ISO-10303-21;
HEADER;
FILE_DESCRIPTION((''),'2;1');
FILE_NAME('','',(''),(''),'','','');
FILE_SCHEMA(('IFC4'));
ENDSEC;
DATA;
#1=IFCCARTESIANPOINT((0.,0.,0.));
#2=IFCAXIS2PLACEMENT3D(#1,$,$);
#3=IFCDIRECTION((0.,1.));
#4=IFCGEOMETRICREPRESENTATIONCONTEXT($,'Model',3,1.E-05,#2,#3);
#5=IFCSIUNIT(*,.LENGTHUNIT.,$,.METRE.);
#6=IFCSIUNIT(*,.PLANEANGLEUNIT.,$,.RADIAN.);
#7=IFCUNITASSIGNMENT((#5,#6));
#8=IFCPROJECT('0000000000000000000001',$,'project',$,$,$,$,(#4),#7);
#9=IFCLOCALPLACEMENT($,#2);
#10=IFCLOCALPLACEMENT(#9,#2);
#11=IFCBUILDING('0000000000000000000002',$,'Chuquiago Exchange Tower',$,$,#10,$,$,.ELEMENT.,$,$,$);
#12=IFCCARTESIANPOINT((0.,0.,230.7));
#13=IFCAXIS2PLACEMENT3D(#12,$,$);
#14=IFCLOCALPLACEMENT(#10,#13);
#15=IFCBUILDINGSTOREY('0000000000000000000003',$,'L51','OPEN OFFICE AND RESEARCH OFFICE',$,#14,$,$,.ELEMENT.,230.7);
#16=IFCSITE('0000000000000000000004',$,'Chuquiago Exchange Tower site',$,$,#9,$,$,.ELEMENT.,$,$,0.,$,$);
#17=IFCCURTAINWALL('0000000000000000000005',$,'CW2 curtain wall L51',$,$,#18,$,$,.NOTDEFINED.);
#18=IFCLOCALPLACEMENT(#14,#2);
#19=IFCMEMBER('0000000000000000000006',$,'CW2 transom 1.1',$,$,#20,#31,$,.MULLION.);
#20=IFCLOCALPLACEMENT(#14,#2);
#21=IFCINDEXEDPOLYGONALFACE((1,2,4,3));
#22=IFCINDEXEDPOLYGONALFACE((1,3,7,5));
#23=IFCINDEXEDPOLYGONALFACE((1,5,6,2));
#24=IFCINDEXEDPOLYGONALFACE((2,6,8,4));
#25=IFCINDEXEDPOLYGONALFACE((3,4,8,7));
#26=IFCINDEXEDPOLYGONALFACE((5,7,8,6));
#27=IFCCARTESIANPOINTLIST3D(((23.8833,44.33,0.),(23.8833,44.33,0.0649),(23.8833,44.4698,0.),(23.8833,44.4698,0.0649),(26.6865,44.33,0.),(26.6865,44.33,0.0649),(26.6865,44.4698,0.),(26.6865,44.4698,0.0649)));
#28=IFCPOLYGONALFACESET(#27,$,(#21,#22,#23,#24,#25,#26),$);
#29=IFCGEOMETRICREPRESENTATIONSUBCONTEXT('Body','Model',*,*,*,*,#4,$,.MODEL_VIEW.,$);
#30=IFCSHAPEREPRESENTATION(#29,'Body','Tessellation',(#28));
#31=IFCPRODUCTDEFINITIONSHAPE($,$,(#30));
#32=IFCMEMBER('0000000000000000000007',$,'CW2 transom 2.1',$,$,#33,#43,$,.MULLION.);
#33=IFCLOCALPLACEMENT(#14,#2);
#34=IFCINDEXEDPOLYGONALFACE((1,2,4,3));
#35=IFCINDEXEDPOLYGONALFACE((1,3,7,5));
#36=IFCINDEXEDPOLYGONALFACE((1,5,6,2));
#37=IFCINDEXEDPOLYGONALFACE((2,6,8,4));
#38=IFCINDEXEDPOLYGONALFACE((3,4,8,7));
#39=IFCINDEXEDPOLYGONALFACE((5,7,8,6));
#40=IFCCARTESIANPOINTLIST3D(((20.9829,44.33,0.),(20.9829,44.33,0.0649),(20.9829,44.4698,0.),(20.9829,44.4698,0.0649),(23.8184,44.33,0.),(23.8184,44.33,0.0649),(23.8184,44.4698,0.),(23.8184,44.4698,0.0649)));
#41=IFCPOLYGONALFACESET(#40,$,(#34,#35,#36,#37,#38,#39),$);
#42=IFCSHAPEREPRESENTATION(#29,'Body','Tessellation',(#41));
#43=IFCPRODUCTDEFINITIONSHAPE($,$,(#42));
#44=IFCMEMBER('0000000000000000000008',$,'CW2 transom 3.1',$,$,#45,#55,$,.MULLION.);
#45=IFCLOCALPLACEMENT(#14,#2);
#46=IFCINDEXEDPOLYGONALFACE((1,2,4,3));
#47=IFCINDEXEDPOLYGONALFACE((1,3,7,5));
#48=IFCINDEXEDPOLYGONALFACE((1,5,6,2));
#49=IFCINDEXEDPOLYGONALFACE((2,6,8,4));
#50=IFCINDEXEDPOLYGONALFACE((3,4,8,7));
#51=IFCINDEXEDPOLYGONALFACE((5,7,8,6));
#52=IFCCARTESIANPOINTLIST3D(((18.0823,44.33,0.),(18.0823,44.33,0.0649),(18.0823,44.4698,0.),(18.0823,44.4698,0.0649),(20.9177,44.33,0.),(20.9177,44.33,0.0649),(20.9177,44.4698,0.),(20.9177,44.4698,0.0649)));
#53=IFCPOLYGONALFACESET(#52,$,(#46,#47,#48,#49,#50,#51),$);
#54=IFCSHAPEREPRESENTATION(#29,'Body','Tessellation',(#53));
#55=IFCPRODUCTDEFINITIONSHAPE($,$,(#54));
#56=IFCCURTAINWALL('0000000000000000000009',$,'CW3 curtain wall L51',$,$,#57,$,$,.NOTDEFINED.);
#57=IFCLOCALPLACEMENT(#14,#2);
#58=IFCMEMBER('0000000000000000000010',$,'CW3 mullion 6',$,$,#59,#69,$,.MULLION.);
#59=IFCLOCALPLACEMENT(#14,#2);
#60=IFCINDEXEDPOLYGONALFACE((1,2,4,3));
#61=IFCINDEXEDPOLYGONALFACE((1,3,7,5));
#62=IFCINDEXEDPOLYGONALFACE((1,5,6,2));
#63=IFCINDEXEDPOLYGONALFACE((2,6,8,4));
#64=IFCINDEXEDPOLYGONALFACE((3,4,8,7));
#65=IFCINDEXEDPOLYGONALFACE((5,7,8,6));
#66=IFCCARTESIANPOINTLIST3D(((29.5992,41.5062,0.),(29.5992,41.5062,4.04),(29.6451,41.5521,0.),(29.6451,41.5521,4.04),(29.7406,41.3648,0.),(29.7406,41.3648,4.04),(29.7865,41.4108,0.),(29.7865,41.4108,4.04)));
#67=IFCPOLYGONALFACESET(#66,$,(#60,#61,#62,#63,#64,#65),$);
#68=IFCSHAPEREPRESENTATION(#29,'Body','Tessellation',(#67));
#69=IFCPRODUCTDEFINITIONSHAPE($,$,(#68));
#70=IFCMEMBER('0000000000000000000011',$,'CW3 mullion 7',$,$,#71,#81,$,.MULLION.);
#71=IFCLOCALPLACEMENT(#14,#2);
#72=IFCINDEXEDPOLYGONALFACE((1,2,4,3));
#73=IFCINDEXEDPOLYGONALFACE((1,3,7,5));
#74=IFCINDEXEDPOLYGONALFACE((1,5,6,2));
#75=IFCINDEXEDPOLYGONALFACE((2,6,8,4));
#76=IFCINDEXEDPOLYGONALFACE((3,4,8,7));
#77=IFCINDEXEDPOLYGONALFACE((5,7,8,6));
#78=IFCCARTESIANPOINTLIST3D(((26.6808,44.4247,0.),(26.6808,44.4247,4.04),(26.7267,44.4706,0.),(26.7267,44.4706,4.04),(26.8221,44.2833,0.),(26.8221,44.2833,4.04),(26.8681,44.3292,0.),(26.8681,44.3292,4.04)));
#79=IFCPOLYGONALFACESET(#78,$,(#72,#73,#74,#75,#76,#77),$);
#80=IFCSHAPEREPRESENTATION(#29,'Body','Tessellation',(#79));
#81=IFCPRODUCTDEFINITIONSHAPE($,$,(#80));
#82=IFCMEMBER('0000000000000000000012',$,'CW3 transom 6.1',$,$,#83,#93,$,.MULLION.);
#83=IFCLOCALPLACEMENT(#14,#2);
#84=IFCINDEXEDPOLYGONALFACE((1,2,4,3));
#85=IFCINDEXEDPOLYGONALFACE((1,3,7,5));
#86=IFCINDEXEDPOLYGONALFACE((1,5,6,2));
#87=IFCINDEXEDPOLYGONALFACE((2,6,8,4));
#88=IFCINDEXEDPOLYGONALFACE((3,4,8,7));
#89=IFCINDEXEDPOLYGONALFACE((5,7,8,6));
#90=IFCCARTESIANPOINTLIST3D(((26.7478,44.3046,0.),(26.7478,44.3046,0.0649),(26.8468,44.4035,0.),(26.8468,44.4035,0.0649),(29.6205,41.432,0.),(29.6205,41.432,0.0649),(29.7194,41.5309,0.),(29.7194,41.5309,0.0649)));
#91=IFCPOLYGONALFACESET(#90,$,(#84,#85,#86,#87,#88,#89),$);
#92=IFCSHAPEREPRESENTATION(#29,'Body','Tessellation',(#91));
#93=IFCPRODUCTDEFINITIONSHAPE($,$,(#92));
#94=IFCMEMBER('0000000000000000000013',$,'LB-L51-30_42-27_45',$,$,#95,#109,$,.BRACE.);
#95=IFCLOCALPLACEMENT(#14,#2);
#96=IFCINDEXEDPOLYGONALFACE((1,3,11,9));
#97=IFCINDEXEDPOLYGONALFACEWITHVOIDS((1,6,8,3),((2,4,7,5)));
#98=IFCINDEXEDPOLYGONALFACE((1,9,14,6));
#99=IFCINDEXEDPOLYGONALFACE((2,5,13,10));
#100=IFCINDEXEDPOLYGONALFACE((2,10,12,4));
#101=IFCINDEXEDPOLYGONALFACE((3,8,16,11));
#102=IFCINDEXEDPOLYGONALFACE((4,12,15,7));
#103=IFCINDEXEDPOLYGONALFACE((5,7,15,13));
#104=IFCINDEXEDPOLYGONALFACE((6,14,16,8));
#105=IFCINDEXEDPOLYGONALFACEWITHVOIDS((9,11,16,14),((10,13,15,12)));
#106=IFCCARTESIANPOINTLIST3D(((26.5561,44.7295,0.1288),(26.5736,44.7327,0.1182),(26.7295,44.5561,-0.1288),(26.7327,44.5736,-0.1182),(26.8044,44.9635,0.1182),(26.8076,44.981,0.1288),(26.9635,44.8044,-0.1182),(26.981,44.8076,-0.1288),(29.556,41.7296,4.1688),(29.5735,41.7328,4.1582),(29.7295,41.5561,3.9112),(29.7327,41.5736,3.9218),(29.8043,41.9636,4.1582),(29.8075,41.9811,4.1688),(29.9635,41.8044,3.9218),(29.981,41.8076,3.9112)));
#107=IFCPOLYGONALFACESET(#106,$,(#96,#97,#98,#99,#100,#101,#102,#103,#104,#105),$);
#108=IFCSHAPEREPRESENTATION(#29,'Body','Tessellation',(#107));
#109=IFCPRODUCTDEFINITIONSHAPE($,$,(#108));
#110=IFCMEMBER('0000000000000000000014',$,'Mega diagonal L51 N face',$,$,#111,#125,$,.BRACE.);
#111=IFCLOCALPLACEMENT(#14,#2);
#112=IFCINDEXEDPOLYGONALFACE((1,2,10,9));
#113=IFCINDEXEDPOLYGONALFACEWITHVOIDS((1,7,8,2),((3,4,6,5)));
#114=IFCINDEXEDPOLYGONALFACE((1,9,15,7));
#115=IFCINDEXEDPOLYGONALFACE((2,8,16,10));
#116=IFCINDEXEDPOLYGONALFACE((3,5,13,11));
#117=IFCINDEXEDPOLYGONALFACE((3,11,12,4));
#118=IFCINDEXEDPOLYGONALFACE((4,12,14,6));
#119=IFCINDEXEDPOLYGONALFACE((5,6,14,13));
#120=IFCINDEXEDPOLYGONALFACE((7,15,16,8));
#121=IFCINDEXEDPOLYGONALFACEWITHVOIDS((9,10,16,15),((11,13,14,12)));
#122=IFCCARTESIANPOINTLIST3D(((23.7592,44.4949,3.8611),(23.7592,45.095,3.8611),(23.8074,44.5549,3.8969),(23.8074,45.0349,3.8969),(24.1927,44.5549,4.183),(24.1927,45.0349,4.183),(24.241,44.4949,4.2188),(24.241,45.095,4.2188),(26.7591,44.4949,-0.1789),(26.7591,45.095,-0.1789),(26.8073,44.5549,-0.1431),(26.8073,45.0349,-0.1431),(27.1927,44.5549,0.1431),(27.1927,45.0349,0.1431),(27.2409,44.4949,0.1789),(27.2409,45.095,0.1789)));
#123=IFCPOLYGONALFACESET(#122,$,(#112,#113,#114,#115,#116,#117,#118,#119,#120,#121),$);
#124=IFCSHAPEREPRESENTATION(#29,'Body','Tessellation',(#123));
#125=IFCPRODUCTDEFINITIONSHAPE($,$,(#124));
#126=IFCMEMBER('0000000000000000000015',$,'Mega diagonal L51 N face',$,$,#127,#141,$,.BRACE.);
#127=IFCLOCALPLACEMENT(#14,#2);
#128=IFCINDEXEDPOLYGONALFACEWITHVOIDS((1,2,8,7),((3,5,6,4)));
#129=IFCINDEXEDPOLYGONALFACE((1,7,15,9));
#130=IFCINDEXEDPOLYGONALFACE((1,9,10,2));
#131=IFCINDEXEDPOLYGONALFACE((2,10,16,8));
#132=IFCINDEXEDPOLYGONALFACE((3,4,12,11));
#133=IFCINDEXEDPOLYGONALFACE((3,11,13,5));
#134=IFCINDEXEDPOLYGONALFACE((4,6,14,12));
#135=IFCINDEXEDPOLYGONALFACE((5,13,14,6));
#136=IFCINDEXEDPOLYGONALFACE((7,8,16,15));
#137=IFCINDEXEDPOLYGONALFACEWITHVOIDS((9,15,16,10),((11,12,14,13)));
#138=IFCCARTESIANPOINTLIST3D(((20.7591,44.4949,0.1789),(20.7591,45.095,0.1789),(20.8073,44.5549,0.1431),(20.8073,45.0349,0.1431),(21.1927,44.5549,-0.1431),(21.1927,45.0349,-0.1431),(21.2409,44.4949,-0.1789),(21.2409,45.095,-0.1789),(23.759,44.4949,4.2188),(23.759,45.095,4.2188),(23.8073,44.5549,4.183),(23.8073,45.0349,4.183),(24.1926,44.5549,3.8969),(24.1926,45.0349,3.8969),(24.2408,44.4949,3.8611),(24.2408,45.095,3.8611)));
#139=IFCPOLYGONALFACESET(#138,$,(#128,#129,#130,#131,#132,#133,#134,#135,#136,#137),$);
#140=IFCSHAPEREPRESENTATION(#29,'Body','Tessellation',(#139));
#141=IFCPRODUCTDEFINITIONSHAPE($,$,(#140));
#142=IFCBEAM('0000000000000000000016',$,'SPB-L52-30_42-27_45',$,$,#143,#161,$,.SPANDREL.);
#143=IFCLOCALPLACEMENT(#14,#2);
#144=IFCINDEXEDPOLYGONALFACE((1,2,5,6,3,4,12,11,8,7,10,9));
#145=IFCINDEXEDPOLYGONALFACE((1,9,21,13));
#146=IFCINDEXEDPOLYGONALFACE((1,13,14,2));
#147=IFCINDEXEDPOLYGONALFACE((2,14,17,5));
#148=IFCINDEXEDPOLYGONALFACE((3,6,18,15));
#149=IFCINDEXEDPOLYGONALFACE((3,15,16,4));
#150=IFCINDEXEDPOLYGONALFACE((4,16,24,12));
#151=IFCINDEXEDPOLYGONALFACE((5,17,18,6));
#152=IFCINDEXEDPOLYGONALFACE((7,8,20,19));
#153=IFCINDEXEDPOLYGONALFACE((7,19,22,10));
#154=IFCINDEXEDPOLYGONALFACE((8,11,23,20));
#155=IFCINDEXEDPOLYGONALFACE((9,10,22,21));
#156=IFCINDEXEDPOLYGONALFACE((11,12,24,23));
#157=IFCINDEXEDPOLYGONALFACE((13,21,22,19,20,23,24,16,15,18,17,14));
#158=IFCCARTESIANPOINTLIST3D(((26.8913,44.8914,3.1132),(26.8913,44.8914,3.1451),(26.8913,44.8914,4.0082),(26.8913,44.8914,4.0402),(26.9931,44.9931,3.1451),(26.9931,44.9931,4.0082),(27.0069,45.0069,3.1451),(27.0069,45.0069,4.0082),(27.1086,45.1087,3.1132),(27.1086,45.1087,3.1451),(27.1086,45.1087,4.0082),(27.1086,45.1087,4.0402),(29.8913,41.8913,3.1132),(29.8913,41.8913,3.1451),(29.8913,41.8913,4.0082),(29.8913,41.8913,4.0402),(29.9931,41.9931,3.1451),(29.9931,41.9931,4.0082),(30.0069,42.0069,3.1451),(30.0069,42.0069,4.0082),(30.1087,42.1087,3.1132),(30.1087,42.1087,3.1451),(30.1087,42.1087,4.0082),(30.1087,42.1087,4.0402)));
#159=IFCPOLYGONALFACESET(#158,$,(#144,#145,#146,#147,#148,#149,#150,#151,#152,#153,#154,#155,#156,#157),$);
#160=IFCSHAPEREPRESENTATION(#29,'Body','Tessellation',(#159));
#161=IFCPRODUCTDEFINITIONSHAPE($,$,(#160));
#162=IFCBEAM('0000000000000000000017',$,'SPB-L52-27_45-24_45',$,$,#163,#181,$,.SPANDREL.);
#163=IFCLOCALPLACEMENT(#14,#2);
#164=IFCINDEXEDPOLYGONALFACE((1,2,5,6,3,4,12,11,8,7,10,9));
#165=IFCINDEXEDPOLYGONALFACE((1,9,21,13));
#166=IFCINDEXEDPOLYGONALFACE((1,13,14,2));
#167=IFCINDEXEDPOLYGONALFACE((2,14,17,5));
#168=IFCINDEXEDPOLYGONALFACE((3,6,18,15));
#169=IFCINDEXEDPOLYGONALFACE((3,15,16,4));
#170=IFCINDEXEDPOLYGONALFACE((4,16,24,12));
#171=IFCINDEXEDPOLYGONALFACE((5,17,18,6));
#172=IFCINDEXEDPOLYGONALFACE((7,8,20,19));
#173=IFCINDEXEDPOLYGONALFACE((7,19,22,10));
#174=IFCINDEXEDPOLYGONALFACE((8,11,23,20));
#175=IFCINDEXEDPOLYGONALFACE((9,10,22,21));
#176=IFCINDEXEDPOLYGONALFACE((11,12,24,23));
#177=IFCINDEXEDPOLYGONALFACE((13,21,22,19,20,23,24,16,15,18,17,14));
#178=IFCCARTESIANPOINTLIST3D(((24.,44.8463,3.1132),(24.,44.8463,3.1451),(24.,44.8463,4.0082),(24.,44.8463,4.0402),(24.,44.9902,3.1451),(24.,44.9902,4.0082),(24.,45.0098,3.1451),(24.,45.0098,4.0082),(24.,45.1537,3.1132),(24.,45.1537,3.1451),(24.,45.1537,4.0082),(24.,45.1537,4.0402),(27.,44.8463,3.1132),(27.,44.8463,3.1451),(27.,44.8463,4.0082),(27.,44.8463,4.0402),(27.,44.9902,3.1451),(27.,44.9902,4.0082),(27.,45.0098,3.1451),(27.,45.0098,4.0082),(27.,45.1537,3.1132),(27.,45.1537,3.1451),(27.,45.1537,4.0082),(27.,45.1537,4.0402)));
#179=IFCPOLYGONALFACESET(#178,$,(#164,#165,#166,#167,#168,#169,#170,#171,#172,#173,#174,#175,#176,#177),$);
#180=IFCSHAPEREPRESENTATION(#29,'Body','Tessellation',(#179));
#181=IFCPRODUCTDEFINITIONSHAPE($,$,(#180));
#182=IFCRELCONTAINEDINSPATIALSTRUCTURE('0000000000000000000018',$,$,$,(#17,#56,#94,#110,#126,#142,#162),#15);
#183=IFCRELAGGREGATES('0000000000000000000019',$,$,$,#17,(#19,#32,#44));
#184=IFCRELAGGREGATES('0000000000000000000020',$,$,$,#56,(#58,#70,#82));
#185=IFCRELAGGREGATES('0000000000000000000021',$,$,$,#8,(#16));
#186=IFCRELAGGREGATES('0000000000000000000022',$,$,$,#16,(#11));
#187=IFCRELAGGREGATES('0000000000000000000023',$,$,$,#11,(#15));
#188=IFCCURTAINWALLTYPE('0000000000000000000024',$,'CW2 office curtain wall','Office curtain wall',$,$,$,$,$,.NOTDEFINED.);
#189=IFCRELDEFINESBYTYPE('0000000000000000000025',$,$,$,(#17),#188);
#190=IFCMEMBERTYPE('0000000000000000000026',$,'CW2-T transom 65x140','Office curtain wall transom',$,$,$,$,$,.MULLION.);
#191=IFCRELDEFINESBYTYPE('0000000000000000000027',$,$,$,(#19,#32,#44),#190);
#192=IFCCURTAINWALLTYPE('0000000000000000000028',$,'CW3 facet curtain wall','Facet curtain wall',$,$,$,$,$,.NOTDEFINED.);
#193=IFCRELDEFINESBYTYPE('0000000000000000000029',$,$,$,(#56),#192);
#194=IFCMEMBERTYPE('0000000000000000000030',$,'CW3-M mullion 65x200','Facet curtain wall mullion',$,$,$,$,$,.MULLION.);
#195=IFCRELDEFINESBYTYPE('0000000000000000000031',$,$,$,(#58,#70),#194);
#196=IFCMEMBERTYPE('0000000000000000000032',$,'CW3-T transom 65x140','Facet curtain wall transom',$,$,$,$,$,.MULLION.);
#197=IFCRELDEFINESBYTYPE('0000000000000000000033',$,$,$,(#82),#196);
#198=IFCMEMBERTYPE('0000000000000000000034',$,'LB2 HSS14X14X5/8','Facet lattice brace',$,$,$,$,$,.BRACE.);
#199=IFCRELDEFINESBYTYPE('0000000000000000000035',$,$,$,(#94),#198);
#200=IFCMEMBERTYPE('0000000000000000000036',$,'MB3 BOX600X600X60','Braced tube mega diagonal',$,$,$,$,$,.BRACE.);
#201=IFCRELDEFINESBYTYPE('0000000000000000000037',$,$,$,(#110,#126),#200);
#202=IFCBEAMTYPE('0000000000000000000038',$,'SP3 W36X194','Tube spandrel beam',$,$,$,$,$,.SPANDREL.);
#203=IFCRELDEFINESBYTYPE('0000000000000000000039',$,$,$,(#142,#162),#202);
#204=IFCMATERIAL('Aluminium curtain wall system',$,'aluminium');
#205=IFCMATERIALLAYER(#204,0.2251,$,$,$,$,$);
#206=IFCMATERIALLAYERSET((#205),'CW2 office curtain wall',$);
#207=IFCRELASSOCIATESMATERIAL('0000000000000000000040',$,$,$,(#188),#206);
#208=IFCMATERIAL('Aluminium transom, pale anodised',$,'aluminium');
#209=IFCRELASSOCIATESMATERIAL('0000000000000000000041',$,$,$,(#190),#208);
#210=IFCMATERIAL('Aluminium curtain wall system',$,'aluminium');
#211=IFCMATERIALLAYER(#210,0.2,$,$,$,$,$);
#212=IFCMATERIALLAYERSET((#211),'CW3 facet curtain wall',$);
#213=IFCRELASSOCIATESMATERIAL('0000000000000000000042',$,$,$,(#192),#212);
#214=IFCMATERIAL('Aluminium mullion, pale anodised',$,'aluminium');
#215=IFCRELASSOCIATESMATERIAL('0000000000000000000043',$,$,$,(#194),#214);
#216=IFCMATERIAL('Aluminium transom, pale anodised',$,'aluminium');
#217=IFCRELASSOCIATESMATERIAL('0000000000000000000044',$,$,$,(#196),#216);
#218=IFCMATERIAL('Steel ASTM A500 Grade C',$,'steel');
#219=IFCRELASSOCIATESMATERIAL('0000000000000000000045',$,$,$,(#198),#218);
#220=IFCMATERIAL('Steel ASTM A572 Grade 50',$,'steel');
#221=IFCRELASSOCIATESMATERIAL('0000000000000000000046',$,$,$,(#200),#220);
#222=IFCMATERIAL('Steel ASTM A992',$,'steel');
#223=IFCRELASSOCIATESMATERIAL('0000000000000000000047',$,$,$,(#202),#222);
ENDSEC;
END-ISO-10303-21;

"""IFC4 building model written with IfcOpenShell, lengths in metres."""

from ifc_helpers import new_model, si_unit, direction, frame, origin, origin_2d, place, context, subcontext, project, spatial, rectangle, hollow_rectangle, i_section, extrude, material, layer, layer_set, material_profile, profile_set, type_object, element, aggregate, save


model = new_model("IFC4")

# Units and contexts
model_context = context("Model", 3, precision=1e-05, world=origin(), true_north=direction((0.0, 1.0)))
body_context = subcontext(model_context, "Body", "Model", "MODEL_VIEW")
ifc_project = project(units=[si_unit("LENGTHUNIT", "METRE"), si_unit("PLANEANGLEUNIT", "RADIAN")], contexts=[model_context])

# Site, building, storey
site_placement = place(None, origin())
site = spatial("IfcSite", under=ifc_project, at=site_placement, Name="Chuquiago Exchange Tower site", CompositionType="ELEMENT", RefElevation=0.0)
building_placement = place(site_placement, origin())
building = spatial("IfcBuilding", under=site, at=building_placement, Name="Chuquiago Exchange Tower", CompositionType="ELEMENT")
storey_placement = place(building_placement, frame((0.0, 0.0, 230.7)))
storey = spatial("IfcBuildingStorey", under=building, at=storey_placement, Name="L51", Description="OPEN OFFICE AND RESEARCH OFFICE", CompositionType="ELEMENT", Elevation=230.7)

# Curtain walls, members
ifc_material_1 = material(Name="Aluminium curtain wall system", Category="aluminium")
ifc_layer_1 = layer(ifc_material_1, 0.2251)
ifc_layer_set_1 = layer_set([ifc_layer_1], Name="CW2 office curtain wall")
curtain_wall_type_1 = type_object("IfcCurtainWallType", Name="CW2 office curtain wall", Description="Office curtain wall", PredefinedType="NOTDEFINED", material=ifc_layer_set_1)
curtain_wall_1_placement = place(storey_placement, origin())
curtain_wall_1 = element("IfcCurtainWall", 1, at=curtain_wall_1_placement, inside=storey, type_object=curtain_wall_type_1, Name="CW2 curtain wall L51", PredefinedType="NOTDEFINED")
ifc_material_2 = material(Name="Aluminium transom, pale anodised", Category="aluminium")
ifc_material_profile_1 = material_profile(ifc_material_2, rectangle(XDim=0.1399, YDim=0.0649, at=origin_2d()), Name="AL 140x65")
ifc_profile_set_1 = profile_set([ifc_material_profile_1], Name="Aluminium transom, pale anodised")
member_type_1 = type_object("IfcMemberType", Name="CW2-T transom 65x140", Description="Office curtain wall transom", PredefinedType="MULLION", material=ifc_profile_set_1)
member_1_placement = place(storey_placement, frame((26.6865, 44.3999, 0.0325), z_axis=(-1.0, 0.0, 0.0), x_axis=(0.0, -1.0, 0.0)))
member_1 = element("IfcMember", 2, at=member_1_placement, type_object=member_type_1, Name="CW2 transom 1.1", PredefinedType="MULLION", context=body_context, shape_type="SweptSolid", body=[
    extrude(rectangle(XDim=0.1399, YDim=0.0649, at=origin_2d()), origin(), (0.0, 0.0, 1.0), 2.8032),
])
member_2_placement = place(storey_placement, frame((23.8184, 44.3999, 0.0325), z_axis=(-1.0, 0.0, 0.0), x_axis=(0.0, -1.0, 0.0)))
member_2 = element("IfcMember", 3, at=member_2_placement, type_object=member_type_1, Name="CW2 transom 2.1", PredefinedType="MULLION", context=body_context, shape_type="SweptSolid", body=[
    extrude(rectangle(XDim=0.1399, YDim=0.0649, at=origin_2d()), origin(), (0.0, 0.0, 1.0), 2.8354),
])
member_3_placement = place(storey_placement, frame((20.9177, 44.3999, 0.0325), z_axis=(-1.0, 0.0, 0.0), x_axis=(0.0, -1.0, 0.0)))
member_3 = element("IfcMember", 4, at=member_3_placement, type_object=member_type_1, Name="CW2 transom 3.1", PredefinedType="MULLION", context=body_context, shape_type="SweptSolid", body=[
    extrude(rectangle(XDim=0.1399, YDim=0.0649, at=origin_2d()), origin(), (0.0, 0.0, 1.0), 2.8354),
])
ifc_material_3 = material(Name="Aluminium curtain wall system", Category="aluminium")
ifc_layer_2 = layer(ifc_material_3, 0.2)
ifc_layer_set_2 = layer_set([ifc_layer_2], Name="CW3 facet curtain wall")
curtain_wall_type_2 = type_object("IfcCurtainWallType", Name="CW3 facet curtain wall", Description="Facet curtain wall", PredefinedType="NOTDEFINED", material=ifc_layer_set_2)
curtain_wall_2_placement = place(storey_placement, origin())
curtain_wall_2 = element("IfcCurtainWall", 5, at=curtain_wall_2_placement, inside=storey, type_object=curtain_wall_type_2, Name="CW3 curtain wall L51", PredefinedType="NOTDEFINED")
ifc_material_4 = material(Name="Aluminium mullion, pale anodised", Category="aluminium")
ifc_material_profile_2 = material_profile(ifc_material_4, rectangle(XDim=0.0649, YDim=0.2, at=origin_2d()), Name="AL 65x200")
ifc_profile_set_2 = profile_set([ifc_material_profile_2], Name="Aluminium mullion, pale anodised")
member_type_2 = type_object("IfcMemberType", Name="CW3-M mullion 65x200", Description="Facet curtain wall mullion", PredefinedType="MULLION", material=ifc_profile_set_2)
member_4_placement = place(storey_placement, frame((29.6929, 41.4585, 0.0), z_axis=(0.0, 0.0, 1.0), x_axis=(-0.707107, -0.707107, 0.0)))
member_4 = element("IfcMember", 6, at=member_4_placement, type_object=member_type_2, Name="CW3 mullion 6", PredefinedType="MULLION", context=body_context, shape_type="SweptSolid", body=[
    extrude(rectangle(XDim=0.0649, YDim=0.2, at=origin_2d()), origin(), (0.0, 0.0, 1.0), 4.04),
])
member_5_placement = place(storey_placement, frame((26.7744, 44.377, 0.0), z_axis=(0.0, 0.0, 1.0), x_axis=(-0.707107, -0.707107, 0.0)))
member_5 = element("IfcMember", 7, at=member_5_placement, type_object=member_type_2, Name="CW3 mullion 7", PredefinedType="MULLION", context=body_context, shape_type="SweptSolid", body=[
    extrude(rectangle(XDim=0.0649, YDim=0.2, at=origin_2d()), origin(), (0.0, 0.0, 1.0), 4.04),
])
ifc_material_5 = material(Name="Aluminium transom, pale anodised", Category="aluminium")
ifc_material_profile_3 = material_profile(ifc_material_5, rectangle(XDim=0.1399, YDim=0.0649, at=origin_2d()), Name="AL 140x65")
ifc_profile_set_3 = profile_set([ifc_material_profile_3], Name="Aluminium transom, pale anodised")
member_type_3 = type_object("IfcMemberType", Name="CW3-T transom 65x140", Description="Facet curtain wall transom", PredefinedType="MULLION", material=ifc_profile_set_3)
member_6_placement = place(storey_placement, frame((29.6699, 41.4814, 0.0325), z_axis=(-0.707107, 0.707107, 0.0), x_axis=(-0.707107, -0.707107, 0.0)))
member_6 = element("IfcMember", 8, at=member_6_placement, type_object=member_type_3, Name="CW3 transom 6.1", PredefinedType="MULLION", context=body_context, shape_type="SweptSolid", body=[
    extrude(rectangle(XDim=0.1399, YDim=0.0649, at=origin_2d()), origin(), (0.0, 0.0, 1.0), 4.0625),
])

# Members
ifc_material_6 = material(Name="Steel ASTM A500 Grade C", Category="steel")
ifc_material_profile_4 = material_profile(ifc_material_6, hollow_rectangle(XDim=0.3557, YDim=0.3557, WallThickness=0.0146, at=origin_2d()), Name="HSS14X14X5/8")
ifc_profile_set_4 = profile_set([ifc_material_profile_4], Name="Steel ASTM A500 Grade C")
member_type_4 = type_object("IfcMemberType", Name="LB2 HSS14X14X5/8", Description="Facet lattice brace", PredefinedType="BRACE", material=ifc_profile_set_4)
member_7_placement = place(storey_placement, frame((26.7686, 44.7686, 0.0), z_axis=(0.512077, -0.512077, 0.689604), x_axis=(0.707107, 0.707107, 0.0)))
element("IfcMember", 9, at=member_7_placement, inside=storey, type_object=member_type_4, Name="LB-L51-30_42-27_45", PredefinedType="BRACE", context=body_context, shape_type="SweptSolid", body=[
    extrude(hollow_rectangle(XDim=0.3557, YDim=0.3557, WallThickness=0.0146, at=origin_2d()), origin(), (0.0, 0.0, 1.0), 5.8584),
])
ifc_material_7 = material(Name="Steel ASTM A572 Grade 50", Category="steel")
ifc_material_profile_5 = material_profile(ifc_material_7, hollow_rectangle(XDim=0.6001, YDim=0.6001, WallThickness=0.0601, at=origin_2d()), Name="BOX600X600X60")
ifc_profile_set_5 = profile_set([ifc_material_profile_5], Name="Steel ASTM A572 Grade 50")
member_type_5 = type_object("IfcMemberType", Name="MB3 BOX600X600X60", Description="Braced tube mega diagonal", PredefinedType="BRACE", material=ifc_profile_set_5)
for number, where, z_axis, x_axis, name in (
    (10, (27.0, 44.7949, 0.0), (-0.596174, 0.0, 0.802855), (0.0, -1.0, 0.0), "Mega diagonal L51 N face"),
    (11, (21.0, 44.7949, 0.0), (0.596174, 0.0, 0.802855), (0.0, 1.0, 0.0), "Mega diagonal L51 N face"),
):
    element("IfcMember", number, at=place(storey_placement, frame(where, z_axis=z_axis, x_axis=x_axis)), inside=storey, type_object=member_type_5, Name=name, PredefinedType="BRACE", context=body_context, shape_type="SweptSolid", body=[
        extrude(hollow_rectangle(XDim=0.6001, YDim=0.6001, WallThickness=0.0601, at=origin_2d()), origin(), (0.0, 0.0, 1.0), 5.032),
    ])

# Beams
ifc_material_8 = material(Name="Steel ASTM A992", Category="steel")
ifc_material_profile_6 = material_profile(ifc_material_8, i_section(OverallWidth=0.3074, OverallDepth=0.927, WebThickness=0.0195, FlangeThickness=0.032, at=origin_2d()), Name="W36X194")
ifc_profile_set_6 = profile_set([ifc_material_profile_6], Name="Steel ASTM A992")
beam_type_1 = type_object("IfcBeamType", Name="SP3 W36X194", Description="Tube spandrel beam", PredefinedType="SPANDREL", material=ifc_profile_set_6)
beam_1_placement = place(storey_placement, frame((30.0, 42.0, 3.5767), z_axis=(-0.707107, 0.707107, 0.0), x_axis=(-0.707107, -0.707107, 0.0)))
element("IfcBeam", 12, at=beam_1_placement, inside=storey, type_object=beam_type_1, Name="SPB-L52-30_42-27_45", PredefinedType="SPANDREL", context=body_context, shape_type="SweptSolid", body=[
    extrude(i_section(OverallWidth=0.3074, OverallDepth=0.927, WebThickness=0.0195, FlangeThickness=0.032, at=origin_2d()), origin(), (0.0, 0.0, 1.0), 4.2427),
])
for number, where, z_axis, x_axis, name in (
    (13, (27.0, 45.0, 3.5767), (-1.0, 0.0, 0.0), (0.0, -1.0, 0.0), "SPB-L52-27_45-24_45"),
):
    element("IfcBeam", number, at=place(storey_placement, frame(where, z_axis=z_axis, x_axis=x_axis)), inside=storey, type_object=beam_type_1, Name=name, PredefinedType="SPANDREL", context=body_context, shape_type="SweptSolid", body=[
        extrude(i_section(OverallWidth=0.3074, OverallDepth=0.927, WebThickness=0.0195, FlangeThickness=0.032, at=origin_2d()), origin(), (0.0, 0.0, 1.0), 3.0),
    ])

aggregate(curtain_wall_1, [member_1, member_2, member_3])
aggregate(curtain_wall_2, [member_4, member_5, member_6])

save(model, "model.ifc")
